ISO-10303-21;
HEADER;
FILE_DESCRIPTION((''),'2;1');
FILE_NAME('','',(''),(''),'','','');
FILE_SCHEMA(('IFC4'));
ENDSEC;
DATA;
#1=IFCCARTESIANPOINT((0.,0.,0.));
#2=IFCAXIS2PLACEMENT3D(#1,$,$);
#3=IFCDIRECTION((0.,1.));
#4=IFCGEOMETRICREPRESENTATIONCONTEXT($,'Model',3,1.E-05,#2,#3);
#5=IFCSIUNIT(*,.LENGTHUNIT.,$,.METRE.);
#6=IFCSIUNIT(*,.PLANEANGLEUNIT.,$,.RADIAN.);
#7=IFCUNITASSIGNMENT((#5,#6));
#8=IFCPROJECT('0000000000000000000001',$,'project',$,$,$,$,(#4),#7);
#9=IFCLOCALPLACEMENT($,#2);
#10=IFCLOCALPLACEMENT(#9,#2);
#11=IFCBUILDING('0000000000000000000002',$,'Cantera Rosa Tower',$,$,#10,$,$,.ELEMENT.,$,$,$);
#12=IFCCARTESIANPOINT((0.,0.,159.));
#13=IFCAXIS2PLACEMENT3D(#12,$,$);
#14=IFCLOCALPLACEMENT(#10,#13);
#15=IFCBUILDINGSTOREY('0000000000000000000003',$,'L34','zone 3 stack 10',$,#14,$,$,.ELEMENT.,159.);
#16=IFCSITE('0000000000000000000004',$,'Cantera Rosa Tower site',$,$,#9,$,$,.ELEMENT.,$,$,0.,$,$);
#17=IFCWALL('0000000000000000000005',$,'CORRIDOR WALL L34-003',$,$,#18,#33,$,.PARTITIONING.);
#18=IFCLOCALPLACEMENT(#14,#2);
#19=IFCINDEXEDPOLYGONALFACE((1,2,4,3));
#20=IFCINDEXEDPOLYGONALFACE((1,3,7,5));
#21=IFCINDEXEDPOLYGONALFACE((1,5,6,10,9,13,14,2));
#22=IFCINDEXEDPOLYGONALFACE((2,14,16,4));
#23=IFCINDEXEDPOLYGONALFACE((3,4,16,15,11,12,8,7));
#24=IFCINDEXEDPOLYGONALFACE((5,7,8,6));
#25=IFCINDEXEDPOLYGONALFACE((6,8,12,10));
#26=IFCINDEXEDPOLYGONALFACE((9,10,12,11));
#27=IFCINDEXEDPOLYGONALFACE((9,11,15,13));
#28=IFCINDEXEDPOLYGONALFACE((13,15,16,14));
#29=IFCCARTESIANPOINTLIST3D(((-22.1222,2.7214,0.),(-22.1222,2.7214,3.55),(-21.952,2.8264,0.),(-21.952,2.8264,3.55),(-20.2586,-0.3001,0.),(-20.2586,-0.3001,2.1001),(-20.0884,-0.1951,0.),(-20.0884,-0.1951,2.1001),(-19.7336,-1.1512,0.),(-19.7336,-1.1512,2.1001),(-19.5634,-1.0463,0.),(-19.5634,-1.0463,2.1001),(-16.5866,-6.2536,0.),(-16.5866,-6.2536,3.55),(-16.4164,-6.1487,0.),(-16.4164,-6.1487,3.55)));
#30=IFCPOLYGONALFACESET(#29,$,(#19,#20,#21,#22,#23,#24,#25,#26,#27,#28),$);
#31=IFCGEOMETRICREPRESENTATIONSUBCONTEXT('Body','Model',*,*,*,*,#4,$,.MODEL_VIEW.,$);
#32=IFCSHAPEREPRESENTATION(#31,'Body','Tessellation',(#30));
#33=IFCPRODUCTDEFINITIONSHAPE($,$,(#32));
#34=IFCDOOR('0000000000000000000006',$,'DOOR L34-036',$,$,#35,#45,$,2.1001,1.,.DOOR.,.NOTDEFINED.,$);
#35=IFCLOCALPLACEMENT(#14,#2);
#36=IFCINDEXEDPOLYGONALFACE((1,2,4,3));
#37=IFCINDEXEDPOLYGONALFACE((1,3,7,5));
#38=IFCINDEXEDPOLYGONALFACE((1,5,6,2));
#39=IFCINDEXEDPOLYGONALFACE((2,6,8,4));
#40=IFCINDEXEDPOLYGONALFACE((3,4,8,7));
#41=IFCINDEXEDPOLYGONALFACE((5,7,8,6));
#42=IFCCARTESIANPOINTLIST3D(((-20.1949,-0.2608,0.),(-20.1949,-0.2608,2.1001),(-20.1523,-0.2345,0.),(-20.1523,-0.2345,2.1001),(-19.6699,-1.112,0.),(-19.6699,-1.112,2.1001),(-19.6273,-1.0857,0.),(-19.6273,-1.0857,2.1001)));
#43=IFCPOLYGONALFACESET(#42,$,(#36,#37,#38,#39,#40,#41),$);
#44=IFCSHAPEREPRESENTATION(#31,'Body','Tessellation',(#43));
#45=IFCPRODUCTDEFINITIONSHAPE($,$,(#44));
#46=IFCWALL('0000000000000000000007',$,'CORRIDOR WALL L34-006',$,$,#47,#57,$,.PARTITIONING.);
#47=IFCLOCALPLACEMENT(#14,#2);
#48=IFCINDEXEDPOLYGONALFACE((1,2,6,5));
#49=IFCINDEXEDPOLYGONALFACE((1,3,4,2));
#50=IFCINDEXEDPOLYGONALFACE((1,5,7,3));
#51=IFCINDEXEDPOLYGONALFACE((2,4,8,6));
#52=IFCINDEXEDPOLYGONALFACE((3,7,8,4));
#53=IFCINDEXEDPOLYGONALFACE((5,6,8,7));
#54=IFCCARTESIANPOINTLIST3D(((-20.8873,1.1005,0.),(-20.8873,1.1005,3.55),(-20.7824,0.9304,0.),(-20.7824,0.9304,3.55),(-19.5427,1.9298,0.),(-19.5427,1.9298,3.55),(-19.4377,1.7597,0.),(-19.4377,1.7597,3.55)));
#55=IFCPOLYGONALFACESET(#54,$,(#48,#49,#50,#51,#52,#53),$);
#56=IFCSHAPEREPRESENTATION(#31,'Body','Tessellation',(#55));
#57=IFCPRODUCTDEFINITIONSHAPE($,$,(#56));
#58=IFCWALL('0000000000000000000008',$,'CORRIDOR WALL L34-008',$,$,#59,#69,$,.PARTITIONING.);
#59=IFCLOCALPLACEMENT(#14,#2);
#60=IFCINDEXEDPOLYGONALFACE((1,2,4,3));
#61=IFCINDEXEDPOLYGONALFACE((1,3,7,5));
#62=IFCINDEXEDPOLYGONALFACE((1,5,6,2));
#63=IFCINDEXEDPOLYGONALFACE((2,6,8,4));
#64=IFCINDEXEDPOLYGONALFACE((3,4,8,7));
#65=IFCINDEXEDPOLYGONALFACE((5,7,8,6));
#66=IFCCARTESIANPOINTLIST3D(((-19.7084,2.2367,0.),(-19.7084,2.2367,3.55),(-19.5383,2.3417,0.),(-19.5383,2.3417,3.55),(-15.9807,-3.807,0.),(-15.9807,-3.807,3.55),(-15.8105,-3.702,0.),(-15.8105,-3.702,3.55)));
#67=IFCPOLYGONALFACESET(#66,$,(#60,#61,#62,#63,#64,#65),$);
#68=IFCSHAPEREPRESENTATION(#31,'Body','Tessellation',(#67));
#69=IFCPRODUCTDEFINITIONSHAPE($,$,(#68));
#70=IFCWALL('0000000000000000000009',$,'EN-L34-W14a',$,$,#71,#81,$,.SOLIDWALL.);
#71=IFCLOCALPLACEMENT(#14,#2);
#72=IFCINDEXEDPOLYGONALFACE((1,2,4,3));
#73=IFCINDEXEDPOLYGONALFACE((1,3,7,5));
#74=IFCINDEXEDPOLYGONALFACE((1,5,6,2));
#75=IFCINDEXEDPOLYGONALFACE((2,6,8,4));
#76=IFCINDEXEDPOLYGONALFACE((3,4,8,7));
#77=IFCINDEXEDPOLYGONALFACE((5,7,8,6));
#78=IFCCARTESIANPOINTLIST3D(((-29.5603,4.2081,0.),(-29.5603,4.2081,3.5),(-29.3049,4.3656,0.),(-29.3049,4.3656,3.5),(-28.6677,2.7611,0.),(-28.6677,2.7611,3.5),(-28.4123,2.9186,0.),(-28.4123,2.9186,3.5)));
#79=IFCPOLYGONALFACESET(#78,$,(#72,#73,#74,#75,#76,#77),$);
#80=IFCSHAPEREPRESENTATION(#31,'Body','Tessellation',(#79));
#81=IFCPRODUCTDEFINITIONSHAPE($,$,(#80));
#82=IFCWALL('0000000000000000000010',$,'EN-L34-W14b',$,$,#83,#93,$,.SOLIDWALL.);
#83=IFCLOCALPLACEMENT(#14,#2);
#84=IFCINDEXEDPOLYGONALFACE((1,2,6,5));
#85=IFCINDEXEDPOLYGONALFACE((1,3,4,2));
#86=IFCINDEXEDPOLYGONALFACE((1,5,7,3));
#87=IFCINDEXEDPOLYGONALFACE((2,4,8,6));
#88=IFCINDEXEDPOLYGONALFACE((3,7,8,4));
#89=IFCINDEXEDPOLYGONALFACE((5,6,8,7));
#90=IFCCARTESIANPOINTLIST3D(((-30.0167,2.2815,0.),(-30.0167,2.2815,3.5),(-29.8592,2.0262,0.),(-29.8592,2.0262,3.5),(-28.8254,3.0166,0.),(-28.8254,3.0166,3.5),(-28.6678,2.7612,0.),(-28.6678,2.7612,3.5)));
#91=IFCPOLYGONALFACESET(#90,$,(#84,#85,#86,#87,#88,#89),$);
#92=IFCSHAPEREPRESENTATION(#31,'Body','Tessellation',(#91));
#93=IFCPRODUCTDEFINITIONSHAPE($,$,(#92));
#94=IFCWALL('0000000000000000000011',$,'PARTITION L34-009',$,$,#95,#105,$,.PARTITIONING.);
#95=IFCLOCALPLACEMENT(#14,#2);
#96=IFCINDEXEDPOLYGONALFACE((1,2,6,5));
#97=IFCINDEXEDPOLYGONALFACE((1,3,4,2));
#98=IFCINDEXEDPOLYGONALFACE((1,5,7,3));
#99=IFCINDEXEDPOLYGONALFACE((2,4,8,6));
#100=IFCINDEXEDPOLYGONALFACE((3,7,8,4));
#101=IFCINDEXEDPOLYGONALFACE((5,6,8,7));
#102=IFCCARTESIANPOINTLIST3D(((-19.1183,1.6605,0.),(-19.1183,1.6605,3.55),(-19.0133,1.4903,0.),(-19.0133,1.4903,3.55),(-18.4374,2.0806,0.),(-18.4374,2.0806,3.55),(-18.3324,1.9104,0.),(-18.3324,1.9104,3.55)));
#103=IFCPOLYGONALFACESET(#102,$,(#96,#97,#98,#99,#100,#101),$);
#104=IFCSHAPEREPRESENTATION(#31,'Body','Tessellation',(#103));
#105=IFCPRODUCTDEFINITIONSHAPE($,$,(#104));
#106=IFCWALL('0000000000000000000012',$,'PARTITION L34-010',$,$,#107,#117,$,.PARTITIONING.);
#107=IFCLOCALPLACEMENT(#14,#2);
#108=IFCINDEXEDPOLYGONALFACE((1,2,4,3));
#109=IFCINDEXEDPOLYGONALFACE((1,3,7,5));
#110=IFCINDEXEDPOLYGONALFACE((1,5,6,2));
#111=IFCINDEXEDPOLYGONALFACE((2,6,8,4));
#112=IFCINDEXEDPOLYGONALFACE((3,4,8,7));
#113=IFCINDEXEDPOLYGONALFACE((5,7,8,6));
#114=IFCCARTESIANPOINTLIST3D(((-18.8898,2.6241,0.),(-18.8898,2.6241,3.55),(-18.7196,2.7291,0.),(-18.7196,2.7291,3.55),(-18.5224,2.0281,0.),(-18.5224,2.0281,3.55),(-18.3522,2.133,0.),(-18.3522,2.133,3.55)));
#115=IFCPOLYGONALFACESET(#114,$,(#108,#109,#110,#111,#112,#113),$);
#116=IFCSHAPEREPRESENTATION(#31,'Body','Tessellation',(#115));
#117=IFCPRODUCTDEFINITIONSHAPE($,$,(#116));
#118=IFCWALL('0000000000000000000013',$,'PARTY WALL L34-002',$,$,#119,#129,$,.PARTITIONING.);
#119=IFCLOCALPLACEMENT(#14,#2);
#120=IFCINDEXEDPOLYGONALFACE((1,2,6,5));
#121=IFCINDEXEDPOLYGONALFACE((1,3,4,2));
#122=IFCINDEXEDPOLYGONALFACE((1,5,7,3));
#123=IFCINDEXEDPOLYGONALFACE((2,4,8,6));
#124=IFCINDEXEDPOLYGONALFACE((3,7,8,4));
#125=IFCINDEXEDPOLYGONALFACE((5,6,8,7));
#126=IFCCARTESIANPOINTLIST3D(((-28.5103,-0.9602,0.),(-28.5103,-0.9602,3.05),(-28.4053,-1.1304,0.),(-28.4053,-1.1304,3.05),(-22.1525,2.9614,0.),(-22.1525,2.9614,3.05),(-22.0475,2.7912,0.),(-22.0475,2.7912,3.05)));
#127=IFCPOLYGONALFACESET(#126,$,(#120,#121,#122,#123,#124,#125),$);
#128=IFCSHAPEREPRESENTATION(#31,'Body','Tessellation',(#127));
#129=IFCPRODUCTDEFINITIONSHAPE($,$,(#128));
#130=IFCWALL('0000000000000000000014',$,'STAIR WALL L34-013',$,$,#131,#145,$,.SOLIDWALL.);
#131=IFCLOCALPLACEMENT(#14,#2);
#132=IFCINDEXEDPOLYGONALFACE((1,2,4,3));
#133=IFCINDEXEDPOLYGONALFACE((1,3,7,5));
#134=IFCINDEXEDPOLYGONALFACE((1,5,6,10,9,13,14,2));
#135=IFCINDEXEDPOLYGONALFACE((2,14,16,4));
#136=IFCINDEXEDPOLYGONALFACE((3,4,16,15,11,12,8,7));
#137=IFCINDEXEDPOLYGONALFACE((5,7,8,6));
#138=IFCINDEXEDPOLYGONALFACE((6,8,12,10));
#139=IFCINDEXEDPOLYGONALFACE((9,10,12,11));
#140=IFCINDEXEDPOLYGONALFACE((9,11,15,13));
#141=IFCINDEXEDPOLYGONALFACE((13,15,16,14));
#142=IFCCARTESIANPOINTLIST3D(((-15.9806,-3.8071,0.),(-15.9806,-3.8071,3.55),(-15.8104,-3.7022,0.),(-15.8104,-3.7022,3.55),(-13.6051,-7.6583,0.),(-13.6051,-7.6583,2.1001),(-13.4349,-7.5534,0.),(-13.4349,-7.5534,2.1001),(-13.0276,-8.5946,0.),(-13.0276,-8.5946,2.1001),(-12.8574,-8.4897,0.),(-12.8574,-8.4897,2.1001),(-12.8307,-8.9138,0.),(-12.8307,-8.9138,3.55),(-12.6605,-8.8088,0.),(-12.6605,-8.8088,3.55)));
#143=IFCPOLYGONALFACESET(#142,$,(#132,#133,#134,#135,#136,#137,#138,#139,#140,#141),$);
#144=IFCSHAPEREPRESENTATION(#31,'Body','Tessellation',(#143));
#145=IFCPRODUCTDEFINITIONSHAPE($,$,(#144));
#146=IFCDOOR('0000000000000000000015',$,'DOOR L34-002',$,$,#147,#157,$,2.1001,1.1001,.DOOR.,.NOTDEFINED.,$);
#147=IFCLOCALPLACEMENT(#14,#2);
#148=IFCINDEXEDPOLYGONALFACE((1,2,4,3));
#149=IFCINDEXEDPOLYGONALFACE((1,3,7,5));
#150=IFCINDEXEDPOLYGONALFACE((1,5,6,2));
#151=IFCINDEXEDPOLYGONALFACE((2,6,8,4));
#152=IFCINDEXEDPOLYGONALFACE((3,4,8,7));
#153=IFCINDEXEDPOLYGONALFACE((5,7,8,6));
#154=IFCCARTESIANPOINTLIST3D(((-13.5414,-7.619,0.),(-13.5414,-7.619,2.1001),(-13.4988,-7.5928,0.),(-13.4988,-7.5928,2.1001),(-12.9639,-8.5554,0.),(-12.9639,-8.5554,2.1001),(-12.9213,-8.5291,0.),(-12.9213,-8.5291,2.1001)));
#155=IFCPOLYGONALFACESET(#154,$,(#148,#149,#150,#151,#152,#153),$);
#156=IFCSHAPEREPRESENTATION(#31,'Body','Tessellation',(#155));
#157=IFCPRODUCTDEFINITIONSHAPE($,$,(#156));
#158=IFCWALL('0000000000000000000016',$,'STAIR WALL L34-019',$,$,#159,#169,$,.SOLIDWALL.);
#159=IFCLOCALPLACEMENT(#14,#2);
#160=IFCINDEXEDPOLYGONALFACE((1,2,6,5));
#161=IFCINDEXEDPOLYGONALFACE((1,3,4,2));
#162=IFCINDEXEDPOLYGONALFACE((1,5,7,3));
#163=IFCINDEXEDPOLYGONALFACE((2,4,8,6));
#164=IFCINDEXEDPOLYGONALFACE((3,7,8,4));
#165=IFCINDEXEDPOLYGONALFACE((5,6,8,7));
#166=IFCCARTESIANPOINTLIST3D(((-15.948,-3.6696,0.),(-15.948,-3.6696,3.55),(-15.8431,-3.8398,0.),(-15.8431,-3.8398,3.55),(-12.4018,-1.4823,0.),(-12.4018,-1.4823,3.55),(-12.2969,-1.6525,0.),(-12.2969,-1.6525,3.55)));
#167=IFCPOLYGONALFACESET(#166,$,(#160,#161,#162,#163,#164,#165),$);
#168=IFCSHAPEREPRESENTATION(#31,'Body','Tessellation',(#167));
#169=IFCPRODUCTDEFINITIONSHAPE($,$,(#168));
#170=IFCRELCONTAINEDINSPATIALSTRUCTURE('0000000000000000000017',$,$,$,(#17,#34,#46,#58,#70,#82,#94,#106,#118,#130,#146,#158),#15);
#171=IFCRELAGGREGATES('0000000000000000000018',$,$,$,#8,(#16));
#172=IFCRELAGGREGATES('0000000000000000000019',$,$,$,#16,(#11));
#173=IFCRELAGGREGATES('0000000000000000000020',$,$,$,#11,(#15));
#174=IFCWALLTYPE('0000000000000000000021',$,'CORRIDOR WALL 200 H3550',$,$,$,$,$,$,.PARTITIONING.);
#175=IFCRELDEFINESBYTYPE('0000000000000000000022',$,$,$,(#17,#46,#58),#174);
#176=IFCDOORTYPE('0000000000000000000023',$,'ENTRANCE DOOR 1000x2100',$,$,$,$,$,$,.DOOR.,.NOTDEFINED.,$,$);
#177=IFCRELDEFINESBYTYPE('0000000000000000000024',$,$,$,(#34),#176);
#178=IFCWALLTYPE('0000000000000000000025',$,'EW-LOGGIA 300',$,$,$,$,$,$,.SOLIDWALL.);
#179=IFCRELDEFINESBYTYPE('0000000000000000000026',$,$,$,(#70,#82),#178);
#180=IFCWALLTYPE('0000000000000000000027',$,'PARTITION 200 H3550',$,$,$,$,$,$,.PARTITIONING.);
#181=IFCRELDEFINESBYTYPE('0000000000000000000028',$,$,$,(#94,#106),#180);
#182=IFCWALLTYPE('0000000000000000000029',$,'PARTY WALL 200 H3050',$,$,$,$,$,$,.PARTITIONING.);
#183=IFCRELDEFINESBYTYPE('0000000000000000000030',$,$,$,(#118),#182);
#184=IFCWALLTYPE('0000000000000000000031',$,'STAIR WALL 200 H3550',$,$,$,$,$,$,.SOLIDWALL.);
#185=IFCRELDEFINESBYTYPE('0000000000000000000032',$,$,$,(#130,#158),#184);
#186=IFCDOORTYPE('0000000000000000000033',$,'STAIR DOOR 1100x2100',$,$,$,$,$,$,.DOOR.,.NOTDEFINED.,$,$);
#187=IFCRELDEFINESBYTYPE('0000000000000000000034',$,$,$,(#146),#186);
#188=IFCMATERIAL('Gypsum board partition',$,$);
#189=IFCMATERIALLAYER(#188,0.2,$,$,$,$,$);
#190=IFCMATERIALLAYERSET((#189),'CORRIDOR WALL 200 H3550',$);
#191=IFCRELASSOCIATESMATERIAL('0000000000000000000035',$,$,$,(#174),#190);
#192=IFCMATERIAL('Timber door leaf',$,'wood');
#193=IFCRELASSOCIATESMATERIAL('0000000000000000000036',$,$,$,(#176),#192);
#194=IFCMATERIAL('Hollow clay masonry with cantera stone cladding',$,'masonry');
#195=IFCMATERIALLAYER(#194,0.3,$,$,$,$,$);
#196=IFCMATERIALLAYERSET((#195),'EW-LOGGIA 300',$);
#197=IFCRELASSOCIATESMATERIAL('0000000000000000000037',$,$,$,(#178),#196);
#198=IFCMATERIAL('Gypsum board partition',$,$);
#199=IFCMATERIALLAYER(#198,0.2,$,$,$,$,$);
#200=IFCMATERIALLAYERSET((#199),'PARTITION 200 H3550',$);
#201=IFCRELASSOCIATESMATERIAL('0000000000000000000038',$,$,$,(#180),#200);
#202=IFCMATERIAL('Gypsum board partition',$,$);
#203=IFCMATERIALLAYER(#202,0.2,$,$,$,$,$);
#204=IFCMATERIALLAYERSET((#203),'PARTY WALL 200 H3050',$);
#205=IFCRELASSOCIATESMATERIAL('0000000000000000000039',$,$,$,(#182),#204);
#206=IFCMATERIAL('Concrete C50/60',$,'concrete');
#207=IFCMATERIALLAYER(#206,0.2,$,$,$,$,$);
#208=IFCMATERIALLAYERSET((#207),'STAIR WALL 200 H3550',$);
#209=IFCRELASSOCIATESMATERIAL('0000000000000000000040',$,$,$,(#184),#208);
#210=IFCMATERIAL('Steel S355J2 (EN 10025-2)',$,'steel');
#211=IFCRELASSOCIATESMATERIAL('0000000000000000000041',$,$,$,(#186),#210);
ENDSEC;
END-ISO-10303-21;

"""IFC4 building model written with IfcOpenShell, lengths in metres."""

from ifc_helpers import new_model, si_unit, direction, frame, frame_2d, origin, place, context, subcontext, project, spatial, rectangle, extrude, material, layer, layer_set, type_object, element, fill, save


model = new_model("IFC4")

# Units and contexts
model_context = context("Model", 3, precision=1e-05, world=origin(), true_north=direction((0.0, 1.0)))
body_context = subcontext(model_context, "Body", "Model", "MODEL_VIEW")
ifc_project = project(units=[si_unit("LENGTHUNIT", "METRE"), si_unit("PLANEANGLEUNIT", "RADIAN")], contexts=[model_context])

# Site, building, storey
site_placement = place(None, origin())
site = spatial("IfcSite", under=ifc_project, at=site_placement, Name="Cantera Rosa Tower site", CompositionType="ELEMENT", RefElevation=0.0)
building_placement = place(site_placement, origin())
building = spatial("IfcBuilding", under=site, at=building_placement, Name="Cantera Rosa Tower", CompositionType="ELEMENT")
storey_placement = place(building_placement, frame((0.0, 0.0, 159.0)))
storey = spatial("IfcBuildingStorey", under=building, at=storey_placement, Name="L34", Description="zone 3 stack 10", CompositionType="ELEMENT", Elevation=159.0)

# Wall, opening, door
ifc_material_1 = material(Name="Gypsum board partition")
ifc_layer_1 = layer(ifc_material_1, 0.2)
ifc_layer_set_1 = layer_set([ifc_layer_1], Name="CORRIDOR WALL 200 H3550")
wall_type_1 = type_object("IfcWallType", Name="CORRIDOR WALL 200 H3550", PredefinedType="PARTITIONING", material=ifc_layer_set_1)
wall_1_placement = place(storey_placement, frame((-22.0371, 2.7739, 0.0), z_axis=(0.0, 0.0, 1.0), x_axis=(0.524957, -0.851128, 0.0)))
wall_1 = element("IfcWall", 1, at=wall_1_placement, inside=storey, type_object=wall_type_1, Name="CORRIDOR WALL L34-003", PredefinedType="PARTITIONING", context=body_context, shape_type="SweptSolid", body=[
    extrude(rectangle(XDim=10.5449, YDim=0.2, at=frame_2d((5.2725, 0.0))), origin(), (0.0, 0.0, 1.0), 3.55),
])
opening_1_placement = place(wall_1_placement, frame((3.55, 0.0, 0.0)))
opening_1 = element("IfcOpeningElement", 2, at=opening_1_placement, cuts=wall_1, PredefinedType="OPENING", context=body_context, shape_type="SweptSolid", body=[
    extrude(rectangle(XDim=1.0, YDim=2.1001, at=frame_2d((0.5, 1.05))), frame((0.0, 0.1099, 0.0), z_axis=(0.0, -1.0, 0.0), x_axis=(1.0, 0.0, 0.0)), (0.0, 0.0, 1.0), 0.22),
])
ifc_material_2 = material(Name="Timber door leaf", Category="wood")
door_type_1 = type_object("IfcDoorType", Name="ENTRANCE DOOR 1000x2100", OperationType="NOTDEFINED", PredefinedType="DOOR", material=ifc_material_2)
door_1_placement = place(opening_1_placement, origin())
door_1 = element("IfcDoor", 3, at=door_1_placement, inside=storey, type_object=door_type_1, Name="DOOR L34-036", OperationType="NOTDEFINED", OverallHeight=2.1001, OverallWidth=1.0, PredefinedType="DOOR", context=body_context, shape_type="SweptSolid", body=[
    extrude(rectangle(XDim=1.0, YDim=2.1001, at=frame_2d((0.5, 1.05))), frame((0.0, 0.0249, 0.0), z_axis=(0.0, -1.0, 0.0), x_axis=(1.0, 0.0, 0.0)), (0.0, 0.0, 1.0), 0.05),
])
fill(opening_1, door_1)

# Walls
wall_2_placement = place(storey_placement, frame((-20.835, 1.0154, 0.0), z_axis=(0.0, 0.0, 1.0), x_axis=(0.851143, 0.524933, 0.0)))
element("IfcWall", 4, at=wall_2_placement, inside=storey, type_object=wall_type_1, Name="CORRIDOR WALL L34-006", PredefinedType="PARTITIONING", context=body_context, shape_type="SweptSolid", body=[
    extrude(rectangle(XDim=1.5798, YDim=0.2, at=frame_2d((0.79, 0.0))), origin(), (0.0, 0.0, 1.0), 3.55),
])
wall_3_placement = place(storey_placement, frame((-19.6233, 2.2891, 0.0), z_axis=(0.0, 0.0, 1.0), x_axis=(0.524974, -0.851118, 0.0)))
element("IfcWall", 5, at=wall_3_placement, inside=storey, type_object=wall_type_1, Name="CORRIDOR WALL L34-008", PredefinedType="PARTITIONING", context=body_context, shape_type="SweptSolid", body=[
    extrude(rectangle(XDim=7.1008, YDim=0.2, at=frame_2d((3.5503, 0.0))), origin(), (0.0, 0.0, 1.0), 3.55),
])
ifc_material_3 = material(Name="Hollow clay masonry with cantera stone cladding", Category="masonry")
ifc_layer_2 = layer(ifc_material_3, 0.3)
ifc_layer_set_2 = layer_set([ifc_layer_2], Name="EW-LOGGIA 300")
wall_type_2 = type_object("IfcWallType", Name="EW-LOGGIA 300", PredefinedType="SOLIDWALL", material=ifc_layer_set_2)
wall_4_placement = place(storey_placement, frame((-29.4326, 4.2869, 0.0), z_axis=(0.0, 0.0, 1.0), x_axis=(0.524994, -0.851106, 0.0)))
element("IfcWall", 6, at=wall_4_placement, inside=storey, type_object=wall_type_2, Name="EN-L34-W14a", PredefinedType="SOLIDWALL", context=body_context, shape_type="SweptSolid", body=[
    extrude(rectangle(XDim=1.7002, YDim=0.3, at=frame_2d((0.8501, 0.0))), origin(), (0.0, 0.0, 1.0), 3.5),
])
wall_5_placement = place(storey_placement, frame((-28.7466, 2.8889, 0.0), z_axis=(0.0, 0.0, 1.0), x_axis=(-0.851041, -0.525099, 0.0)))
element("IfcWall", 7, at=wall_5_placement, inside=storey, type_object=wall_type_2, Name="EN-L34-W14b", PredefinedType="SOLIDWALL", context=body_context, shape_type="SweptSolid", body=[
    extrude(rectangle(XDim=1.3999, YDim=0.3, at=frame_2d((0.7, 0.0))), origin(), (0.0, 0.0, 1.0), 3.5),
])

# Walls
ifc_material_4 = material(Name="Gypsum board partition")
ifc_layer_3 = layer(ifc_material_4, 0.2)
ifc_layer_set_3 = layer_set([ifc_layer_3], Name="PARTITION 200 H3550")
wall_type_3 = type_object("IfcWallType", Name="PARTITION 200 H3550", PredefinedType="PARTITIONING", material=ifc_layer_set_3)
wall_6_placement = place(storey_placement, frame((-19.0657, 1.5754, 0.0), z_axis=(0.0, 0.0, 1.0), x_axis=(0.851019, 0.525136, 0.0)))
element("IfcWall", 8, at=wall_6_placement, inside=storey, type_object=wall_type_3, Name="PARTITION L34-009", PredefinedType="PARTITIONING", context=body_context, shape_type="SweptSolid", body=[
    extrude(rectangle(XDim=0.8, YDim=0.2, at=frame_2d((0.3999, 0.0))), origin(), (0.0, 0.0, 1.0), 3.55),
])
wall_7_placement = place(storey_placement, frame((-18.4373, 2.0806, 0.0), z_axis=(0.0, 0.0, 1.0), x_axis=(-0.524817, 0.851215, 0.0)))
element("IfcWall", 9, at=wall_7_placement, inside=storey, type_object=wall_type_3, Name="PARTITION L34-010", PredefinedType="PARTITIONING", context=body_context, shape_type="SweptSolid", body=[
    extrude(rectangle(XDim=0.7002, YDim=0.2, at=frame_2d((0.3501, 0.0))), origin(), (0.0, 0.0, 1.0), 3.55),
])
ifc_material_5 = material(Name="Gypsum board partition")
ifc_layer_4 = layer(ifc_material_5, 0.2)
ifc_layer_set_4 = layer_set([ifc_layer_4], Name="PARTY WALL 200 H3050")
wall_type_4 = type_object("IfcWallType", Name="PARTY WALL 200 H3050", PredefinedType="PARTITIONING", material=ifc_layer_set_4)
wall_8_placement = place(storey_placement, frame((-22.1001, 2.8762, 0.0), z_axis=(0.0, 0.0, 1.0), x_axis=(-0.851116, -0.524978, 0.0)))
element("IfcWall", 10, at=wall_8_placement, inside=storey, type_object=wall_type_4, Name="PARTY WALL L34-002", PredefinedType="PARTITIONING", context=body_context, shape_type="SweptSolid", body=[
    extrude(rectangle(XDim=7.47, YDim=0.2, at=frame_2d((3.7349, 0.0))), origin(), (0.0, 0.0, 1.0), 3.05),
])

# Wall, opening, door
ifc_material_6 = material(Name="Concrete C50/60", Category="concrete")
ifc_layer_5 = layer(ifc_material_6, 0.2)
ifc_layer_set_5 = layer_set([ifc_layer_5], Name="STAIR WALL 200 H3550")
wall_type_5 = type_object("IfcWallType", Name="STAIR WALL 200 H3550", PredefinedType="SOLIDWALL", material=ifc_layer_set_5)
wall_9_placement = place(storey_placement, frame((-15.8955, -3.7546, 0.0), z_axis=(0.0, 0.0, 1.0), x_axis=(0.524983, -0.851113, 0.0)))
wall_9 = element("IfcWall", 11, at=wall_9_placement, inside=storey, type_object=wall_type_5, Name="STAIR WALL L34-013", PredefinedType="SOLIDWALL", context=body_context, shape_type="SweptSolid", body=[
    extrude(rectangle(XDim=6.0, YDim=0.2, at=frame_2d((3.0, 0.0))), origin(), (0.0, 0.0, 1.0), 3.55),
])
opening_2_placement = place(wall_9_placement, frame((4.5249, 0.0, 0.0)))
opening_2 = element("IfcOpeningElement", 12, at=opening_2_placement, cuts=wall_9, PredefinedType="OPENING", context=body_context, shape_type="SweptSolid", body=[
    extrude(rectangle(XDim=1.1001, YDim=2.1001, at=frame_2d((0.55, 1.05))), frame((0.0, 0.1099, 0.0), z_axis=(0.0, -1.0, 0.0), x_axis=(1.0, 0.0, 0.0)), (0.0, 0.0, 1.0), 0.22),
])
ifc_material_7 = material(Name="Steel S355J2 (EN 10025-2)", Category="steel")
door_type_2 = type_object("IfcDoorType", Name="STAIR DOOR 1100x2100", OperationType="NOTDEFINED", PredefinedType="DOOR", material=ifc_material_7)
door_2_placement = place(opening_2_placement, origin())
door_2 = element("IfcDoor", 13, at=door_2_placement, inside=storey, type_object=door_type_2, Name="DOOR L34-002", OperationType="NOTDEFINED", OverallHeight=2.1001, OverallWidth=1.1001, PredefinedType="DOOR", context=body_context, shape_type="SweptSolid", body=[
    extrude(rectangle(XDim=1.1001, YDim=2.1001, at=frame_2d((0.55, 1.05))), frame((0.0, 0.0249, 0.0), z_axis=(0.0, -1.0, 0.0), x_axis=(1.0, 0.0, 0.0)), (0.0, 0.0, 1.0), 0.05),
])
fill(opening_2, door_2)

# Wall
wall_10_placement = place(storey_placement, frame((-12.3494, -1.5674, 0.0), z_axis=(0.0, 0.0, 1.0), x_axis=(-0.851121, -0.52497, 0.0)))
element("IfcWall", 14, at=wall_10_placement, inside=storey, type_object=wall_type_5, Name="STAIR WALL L34-019", PredefinedType="SOLIDWALL", context=body_context, shape_type="SweptSolid", body=[
    extrude(rectangle(XDim=4.1665, YDim=0.2, at=frame_2d((2.0833, 0.0))), origin(), (0.0, 0.0, 1.0), 3.55),
])

save(model, "model.ifc")
